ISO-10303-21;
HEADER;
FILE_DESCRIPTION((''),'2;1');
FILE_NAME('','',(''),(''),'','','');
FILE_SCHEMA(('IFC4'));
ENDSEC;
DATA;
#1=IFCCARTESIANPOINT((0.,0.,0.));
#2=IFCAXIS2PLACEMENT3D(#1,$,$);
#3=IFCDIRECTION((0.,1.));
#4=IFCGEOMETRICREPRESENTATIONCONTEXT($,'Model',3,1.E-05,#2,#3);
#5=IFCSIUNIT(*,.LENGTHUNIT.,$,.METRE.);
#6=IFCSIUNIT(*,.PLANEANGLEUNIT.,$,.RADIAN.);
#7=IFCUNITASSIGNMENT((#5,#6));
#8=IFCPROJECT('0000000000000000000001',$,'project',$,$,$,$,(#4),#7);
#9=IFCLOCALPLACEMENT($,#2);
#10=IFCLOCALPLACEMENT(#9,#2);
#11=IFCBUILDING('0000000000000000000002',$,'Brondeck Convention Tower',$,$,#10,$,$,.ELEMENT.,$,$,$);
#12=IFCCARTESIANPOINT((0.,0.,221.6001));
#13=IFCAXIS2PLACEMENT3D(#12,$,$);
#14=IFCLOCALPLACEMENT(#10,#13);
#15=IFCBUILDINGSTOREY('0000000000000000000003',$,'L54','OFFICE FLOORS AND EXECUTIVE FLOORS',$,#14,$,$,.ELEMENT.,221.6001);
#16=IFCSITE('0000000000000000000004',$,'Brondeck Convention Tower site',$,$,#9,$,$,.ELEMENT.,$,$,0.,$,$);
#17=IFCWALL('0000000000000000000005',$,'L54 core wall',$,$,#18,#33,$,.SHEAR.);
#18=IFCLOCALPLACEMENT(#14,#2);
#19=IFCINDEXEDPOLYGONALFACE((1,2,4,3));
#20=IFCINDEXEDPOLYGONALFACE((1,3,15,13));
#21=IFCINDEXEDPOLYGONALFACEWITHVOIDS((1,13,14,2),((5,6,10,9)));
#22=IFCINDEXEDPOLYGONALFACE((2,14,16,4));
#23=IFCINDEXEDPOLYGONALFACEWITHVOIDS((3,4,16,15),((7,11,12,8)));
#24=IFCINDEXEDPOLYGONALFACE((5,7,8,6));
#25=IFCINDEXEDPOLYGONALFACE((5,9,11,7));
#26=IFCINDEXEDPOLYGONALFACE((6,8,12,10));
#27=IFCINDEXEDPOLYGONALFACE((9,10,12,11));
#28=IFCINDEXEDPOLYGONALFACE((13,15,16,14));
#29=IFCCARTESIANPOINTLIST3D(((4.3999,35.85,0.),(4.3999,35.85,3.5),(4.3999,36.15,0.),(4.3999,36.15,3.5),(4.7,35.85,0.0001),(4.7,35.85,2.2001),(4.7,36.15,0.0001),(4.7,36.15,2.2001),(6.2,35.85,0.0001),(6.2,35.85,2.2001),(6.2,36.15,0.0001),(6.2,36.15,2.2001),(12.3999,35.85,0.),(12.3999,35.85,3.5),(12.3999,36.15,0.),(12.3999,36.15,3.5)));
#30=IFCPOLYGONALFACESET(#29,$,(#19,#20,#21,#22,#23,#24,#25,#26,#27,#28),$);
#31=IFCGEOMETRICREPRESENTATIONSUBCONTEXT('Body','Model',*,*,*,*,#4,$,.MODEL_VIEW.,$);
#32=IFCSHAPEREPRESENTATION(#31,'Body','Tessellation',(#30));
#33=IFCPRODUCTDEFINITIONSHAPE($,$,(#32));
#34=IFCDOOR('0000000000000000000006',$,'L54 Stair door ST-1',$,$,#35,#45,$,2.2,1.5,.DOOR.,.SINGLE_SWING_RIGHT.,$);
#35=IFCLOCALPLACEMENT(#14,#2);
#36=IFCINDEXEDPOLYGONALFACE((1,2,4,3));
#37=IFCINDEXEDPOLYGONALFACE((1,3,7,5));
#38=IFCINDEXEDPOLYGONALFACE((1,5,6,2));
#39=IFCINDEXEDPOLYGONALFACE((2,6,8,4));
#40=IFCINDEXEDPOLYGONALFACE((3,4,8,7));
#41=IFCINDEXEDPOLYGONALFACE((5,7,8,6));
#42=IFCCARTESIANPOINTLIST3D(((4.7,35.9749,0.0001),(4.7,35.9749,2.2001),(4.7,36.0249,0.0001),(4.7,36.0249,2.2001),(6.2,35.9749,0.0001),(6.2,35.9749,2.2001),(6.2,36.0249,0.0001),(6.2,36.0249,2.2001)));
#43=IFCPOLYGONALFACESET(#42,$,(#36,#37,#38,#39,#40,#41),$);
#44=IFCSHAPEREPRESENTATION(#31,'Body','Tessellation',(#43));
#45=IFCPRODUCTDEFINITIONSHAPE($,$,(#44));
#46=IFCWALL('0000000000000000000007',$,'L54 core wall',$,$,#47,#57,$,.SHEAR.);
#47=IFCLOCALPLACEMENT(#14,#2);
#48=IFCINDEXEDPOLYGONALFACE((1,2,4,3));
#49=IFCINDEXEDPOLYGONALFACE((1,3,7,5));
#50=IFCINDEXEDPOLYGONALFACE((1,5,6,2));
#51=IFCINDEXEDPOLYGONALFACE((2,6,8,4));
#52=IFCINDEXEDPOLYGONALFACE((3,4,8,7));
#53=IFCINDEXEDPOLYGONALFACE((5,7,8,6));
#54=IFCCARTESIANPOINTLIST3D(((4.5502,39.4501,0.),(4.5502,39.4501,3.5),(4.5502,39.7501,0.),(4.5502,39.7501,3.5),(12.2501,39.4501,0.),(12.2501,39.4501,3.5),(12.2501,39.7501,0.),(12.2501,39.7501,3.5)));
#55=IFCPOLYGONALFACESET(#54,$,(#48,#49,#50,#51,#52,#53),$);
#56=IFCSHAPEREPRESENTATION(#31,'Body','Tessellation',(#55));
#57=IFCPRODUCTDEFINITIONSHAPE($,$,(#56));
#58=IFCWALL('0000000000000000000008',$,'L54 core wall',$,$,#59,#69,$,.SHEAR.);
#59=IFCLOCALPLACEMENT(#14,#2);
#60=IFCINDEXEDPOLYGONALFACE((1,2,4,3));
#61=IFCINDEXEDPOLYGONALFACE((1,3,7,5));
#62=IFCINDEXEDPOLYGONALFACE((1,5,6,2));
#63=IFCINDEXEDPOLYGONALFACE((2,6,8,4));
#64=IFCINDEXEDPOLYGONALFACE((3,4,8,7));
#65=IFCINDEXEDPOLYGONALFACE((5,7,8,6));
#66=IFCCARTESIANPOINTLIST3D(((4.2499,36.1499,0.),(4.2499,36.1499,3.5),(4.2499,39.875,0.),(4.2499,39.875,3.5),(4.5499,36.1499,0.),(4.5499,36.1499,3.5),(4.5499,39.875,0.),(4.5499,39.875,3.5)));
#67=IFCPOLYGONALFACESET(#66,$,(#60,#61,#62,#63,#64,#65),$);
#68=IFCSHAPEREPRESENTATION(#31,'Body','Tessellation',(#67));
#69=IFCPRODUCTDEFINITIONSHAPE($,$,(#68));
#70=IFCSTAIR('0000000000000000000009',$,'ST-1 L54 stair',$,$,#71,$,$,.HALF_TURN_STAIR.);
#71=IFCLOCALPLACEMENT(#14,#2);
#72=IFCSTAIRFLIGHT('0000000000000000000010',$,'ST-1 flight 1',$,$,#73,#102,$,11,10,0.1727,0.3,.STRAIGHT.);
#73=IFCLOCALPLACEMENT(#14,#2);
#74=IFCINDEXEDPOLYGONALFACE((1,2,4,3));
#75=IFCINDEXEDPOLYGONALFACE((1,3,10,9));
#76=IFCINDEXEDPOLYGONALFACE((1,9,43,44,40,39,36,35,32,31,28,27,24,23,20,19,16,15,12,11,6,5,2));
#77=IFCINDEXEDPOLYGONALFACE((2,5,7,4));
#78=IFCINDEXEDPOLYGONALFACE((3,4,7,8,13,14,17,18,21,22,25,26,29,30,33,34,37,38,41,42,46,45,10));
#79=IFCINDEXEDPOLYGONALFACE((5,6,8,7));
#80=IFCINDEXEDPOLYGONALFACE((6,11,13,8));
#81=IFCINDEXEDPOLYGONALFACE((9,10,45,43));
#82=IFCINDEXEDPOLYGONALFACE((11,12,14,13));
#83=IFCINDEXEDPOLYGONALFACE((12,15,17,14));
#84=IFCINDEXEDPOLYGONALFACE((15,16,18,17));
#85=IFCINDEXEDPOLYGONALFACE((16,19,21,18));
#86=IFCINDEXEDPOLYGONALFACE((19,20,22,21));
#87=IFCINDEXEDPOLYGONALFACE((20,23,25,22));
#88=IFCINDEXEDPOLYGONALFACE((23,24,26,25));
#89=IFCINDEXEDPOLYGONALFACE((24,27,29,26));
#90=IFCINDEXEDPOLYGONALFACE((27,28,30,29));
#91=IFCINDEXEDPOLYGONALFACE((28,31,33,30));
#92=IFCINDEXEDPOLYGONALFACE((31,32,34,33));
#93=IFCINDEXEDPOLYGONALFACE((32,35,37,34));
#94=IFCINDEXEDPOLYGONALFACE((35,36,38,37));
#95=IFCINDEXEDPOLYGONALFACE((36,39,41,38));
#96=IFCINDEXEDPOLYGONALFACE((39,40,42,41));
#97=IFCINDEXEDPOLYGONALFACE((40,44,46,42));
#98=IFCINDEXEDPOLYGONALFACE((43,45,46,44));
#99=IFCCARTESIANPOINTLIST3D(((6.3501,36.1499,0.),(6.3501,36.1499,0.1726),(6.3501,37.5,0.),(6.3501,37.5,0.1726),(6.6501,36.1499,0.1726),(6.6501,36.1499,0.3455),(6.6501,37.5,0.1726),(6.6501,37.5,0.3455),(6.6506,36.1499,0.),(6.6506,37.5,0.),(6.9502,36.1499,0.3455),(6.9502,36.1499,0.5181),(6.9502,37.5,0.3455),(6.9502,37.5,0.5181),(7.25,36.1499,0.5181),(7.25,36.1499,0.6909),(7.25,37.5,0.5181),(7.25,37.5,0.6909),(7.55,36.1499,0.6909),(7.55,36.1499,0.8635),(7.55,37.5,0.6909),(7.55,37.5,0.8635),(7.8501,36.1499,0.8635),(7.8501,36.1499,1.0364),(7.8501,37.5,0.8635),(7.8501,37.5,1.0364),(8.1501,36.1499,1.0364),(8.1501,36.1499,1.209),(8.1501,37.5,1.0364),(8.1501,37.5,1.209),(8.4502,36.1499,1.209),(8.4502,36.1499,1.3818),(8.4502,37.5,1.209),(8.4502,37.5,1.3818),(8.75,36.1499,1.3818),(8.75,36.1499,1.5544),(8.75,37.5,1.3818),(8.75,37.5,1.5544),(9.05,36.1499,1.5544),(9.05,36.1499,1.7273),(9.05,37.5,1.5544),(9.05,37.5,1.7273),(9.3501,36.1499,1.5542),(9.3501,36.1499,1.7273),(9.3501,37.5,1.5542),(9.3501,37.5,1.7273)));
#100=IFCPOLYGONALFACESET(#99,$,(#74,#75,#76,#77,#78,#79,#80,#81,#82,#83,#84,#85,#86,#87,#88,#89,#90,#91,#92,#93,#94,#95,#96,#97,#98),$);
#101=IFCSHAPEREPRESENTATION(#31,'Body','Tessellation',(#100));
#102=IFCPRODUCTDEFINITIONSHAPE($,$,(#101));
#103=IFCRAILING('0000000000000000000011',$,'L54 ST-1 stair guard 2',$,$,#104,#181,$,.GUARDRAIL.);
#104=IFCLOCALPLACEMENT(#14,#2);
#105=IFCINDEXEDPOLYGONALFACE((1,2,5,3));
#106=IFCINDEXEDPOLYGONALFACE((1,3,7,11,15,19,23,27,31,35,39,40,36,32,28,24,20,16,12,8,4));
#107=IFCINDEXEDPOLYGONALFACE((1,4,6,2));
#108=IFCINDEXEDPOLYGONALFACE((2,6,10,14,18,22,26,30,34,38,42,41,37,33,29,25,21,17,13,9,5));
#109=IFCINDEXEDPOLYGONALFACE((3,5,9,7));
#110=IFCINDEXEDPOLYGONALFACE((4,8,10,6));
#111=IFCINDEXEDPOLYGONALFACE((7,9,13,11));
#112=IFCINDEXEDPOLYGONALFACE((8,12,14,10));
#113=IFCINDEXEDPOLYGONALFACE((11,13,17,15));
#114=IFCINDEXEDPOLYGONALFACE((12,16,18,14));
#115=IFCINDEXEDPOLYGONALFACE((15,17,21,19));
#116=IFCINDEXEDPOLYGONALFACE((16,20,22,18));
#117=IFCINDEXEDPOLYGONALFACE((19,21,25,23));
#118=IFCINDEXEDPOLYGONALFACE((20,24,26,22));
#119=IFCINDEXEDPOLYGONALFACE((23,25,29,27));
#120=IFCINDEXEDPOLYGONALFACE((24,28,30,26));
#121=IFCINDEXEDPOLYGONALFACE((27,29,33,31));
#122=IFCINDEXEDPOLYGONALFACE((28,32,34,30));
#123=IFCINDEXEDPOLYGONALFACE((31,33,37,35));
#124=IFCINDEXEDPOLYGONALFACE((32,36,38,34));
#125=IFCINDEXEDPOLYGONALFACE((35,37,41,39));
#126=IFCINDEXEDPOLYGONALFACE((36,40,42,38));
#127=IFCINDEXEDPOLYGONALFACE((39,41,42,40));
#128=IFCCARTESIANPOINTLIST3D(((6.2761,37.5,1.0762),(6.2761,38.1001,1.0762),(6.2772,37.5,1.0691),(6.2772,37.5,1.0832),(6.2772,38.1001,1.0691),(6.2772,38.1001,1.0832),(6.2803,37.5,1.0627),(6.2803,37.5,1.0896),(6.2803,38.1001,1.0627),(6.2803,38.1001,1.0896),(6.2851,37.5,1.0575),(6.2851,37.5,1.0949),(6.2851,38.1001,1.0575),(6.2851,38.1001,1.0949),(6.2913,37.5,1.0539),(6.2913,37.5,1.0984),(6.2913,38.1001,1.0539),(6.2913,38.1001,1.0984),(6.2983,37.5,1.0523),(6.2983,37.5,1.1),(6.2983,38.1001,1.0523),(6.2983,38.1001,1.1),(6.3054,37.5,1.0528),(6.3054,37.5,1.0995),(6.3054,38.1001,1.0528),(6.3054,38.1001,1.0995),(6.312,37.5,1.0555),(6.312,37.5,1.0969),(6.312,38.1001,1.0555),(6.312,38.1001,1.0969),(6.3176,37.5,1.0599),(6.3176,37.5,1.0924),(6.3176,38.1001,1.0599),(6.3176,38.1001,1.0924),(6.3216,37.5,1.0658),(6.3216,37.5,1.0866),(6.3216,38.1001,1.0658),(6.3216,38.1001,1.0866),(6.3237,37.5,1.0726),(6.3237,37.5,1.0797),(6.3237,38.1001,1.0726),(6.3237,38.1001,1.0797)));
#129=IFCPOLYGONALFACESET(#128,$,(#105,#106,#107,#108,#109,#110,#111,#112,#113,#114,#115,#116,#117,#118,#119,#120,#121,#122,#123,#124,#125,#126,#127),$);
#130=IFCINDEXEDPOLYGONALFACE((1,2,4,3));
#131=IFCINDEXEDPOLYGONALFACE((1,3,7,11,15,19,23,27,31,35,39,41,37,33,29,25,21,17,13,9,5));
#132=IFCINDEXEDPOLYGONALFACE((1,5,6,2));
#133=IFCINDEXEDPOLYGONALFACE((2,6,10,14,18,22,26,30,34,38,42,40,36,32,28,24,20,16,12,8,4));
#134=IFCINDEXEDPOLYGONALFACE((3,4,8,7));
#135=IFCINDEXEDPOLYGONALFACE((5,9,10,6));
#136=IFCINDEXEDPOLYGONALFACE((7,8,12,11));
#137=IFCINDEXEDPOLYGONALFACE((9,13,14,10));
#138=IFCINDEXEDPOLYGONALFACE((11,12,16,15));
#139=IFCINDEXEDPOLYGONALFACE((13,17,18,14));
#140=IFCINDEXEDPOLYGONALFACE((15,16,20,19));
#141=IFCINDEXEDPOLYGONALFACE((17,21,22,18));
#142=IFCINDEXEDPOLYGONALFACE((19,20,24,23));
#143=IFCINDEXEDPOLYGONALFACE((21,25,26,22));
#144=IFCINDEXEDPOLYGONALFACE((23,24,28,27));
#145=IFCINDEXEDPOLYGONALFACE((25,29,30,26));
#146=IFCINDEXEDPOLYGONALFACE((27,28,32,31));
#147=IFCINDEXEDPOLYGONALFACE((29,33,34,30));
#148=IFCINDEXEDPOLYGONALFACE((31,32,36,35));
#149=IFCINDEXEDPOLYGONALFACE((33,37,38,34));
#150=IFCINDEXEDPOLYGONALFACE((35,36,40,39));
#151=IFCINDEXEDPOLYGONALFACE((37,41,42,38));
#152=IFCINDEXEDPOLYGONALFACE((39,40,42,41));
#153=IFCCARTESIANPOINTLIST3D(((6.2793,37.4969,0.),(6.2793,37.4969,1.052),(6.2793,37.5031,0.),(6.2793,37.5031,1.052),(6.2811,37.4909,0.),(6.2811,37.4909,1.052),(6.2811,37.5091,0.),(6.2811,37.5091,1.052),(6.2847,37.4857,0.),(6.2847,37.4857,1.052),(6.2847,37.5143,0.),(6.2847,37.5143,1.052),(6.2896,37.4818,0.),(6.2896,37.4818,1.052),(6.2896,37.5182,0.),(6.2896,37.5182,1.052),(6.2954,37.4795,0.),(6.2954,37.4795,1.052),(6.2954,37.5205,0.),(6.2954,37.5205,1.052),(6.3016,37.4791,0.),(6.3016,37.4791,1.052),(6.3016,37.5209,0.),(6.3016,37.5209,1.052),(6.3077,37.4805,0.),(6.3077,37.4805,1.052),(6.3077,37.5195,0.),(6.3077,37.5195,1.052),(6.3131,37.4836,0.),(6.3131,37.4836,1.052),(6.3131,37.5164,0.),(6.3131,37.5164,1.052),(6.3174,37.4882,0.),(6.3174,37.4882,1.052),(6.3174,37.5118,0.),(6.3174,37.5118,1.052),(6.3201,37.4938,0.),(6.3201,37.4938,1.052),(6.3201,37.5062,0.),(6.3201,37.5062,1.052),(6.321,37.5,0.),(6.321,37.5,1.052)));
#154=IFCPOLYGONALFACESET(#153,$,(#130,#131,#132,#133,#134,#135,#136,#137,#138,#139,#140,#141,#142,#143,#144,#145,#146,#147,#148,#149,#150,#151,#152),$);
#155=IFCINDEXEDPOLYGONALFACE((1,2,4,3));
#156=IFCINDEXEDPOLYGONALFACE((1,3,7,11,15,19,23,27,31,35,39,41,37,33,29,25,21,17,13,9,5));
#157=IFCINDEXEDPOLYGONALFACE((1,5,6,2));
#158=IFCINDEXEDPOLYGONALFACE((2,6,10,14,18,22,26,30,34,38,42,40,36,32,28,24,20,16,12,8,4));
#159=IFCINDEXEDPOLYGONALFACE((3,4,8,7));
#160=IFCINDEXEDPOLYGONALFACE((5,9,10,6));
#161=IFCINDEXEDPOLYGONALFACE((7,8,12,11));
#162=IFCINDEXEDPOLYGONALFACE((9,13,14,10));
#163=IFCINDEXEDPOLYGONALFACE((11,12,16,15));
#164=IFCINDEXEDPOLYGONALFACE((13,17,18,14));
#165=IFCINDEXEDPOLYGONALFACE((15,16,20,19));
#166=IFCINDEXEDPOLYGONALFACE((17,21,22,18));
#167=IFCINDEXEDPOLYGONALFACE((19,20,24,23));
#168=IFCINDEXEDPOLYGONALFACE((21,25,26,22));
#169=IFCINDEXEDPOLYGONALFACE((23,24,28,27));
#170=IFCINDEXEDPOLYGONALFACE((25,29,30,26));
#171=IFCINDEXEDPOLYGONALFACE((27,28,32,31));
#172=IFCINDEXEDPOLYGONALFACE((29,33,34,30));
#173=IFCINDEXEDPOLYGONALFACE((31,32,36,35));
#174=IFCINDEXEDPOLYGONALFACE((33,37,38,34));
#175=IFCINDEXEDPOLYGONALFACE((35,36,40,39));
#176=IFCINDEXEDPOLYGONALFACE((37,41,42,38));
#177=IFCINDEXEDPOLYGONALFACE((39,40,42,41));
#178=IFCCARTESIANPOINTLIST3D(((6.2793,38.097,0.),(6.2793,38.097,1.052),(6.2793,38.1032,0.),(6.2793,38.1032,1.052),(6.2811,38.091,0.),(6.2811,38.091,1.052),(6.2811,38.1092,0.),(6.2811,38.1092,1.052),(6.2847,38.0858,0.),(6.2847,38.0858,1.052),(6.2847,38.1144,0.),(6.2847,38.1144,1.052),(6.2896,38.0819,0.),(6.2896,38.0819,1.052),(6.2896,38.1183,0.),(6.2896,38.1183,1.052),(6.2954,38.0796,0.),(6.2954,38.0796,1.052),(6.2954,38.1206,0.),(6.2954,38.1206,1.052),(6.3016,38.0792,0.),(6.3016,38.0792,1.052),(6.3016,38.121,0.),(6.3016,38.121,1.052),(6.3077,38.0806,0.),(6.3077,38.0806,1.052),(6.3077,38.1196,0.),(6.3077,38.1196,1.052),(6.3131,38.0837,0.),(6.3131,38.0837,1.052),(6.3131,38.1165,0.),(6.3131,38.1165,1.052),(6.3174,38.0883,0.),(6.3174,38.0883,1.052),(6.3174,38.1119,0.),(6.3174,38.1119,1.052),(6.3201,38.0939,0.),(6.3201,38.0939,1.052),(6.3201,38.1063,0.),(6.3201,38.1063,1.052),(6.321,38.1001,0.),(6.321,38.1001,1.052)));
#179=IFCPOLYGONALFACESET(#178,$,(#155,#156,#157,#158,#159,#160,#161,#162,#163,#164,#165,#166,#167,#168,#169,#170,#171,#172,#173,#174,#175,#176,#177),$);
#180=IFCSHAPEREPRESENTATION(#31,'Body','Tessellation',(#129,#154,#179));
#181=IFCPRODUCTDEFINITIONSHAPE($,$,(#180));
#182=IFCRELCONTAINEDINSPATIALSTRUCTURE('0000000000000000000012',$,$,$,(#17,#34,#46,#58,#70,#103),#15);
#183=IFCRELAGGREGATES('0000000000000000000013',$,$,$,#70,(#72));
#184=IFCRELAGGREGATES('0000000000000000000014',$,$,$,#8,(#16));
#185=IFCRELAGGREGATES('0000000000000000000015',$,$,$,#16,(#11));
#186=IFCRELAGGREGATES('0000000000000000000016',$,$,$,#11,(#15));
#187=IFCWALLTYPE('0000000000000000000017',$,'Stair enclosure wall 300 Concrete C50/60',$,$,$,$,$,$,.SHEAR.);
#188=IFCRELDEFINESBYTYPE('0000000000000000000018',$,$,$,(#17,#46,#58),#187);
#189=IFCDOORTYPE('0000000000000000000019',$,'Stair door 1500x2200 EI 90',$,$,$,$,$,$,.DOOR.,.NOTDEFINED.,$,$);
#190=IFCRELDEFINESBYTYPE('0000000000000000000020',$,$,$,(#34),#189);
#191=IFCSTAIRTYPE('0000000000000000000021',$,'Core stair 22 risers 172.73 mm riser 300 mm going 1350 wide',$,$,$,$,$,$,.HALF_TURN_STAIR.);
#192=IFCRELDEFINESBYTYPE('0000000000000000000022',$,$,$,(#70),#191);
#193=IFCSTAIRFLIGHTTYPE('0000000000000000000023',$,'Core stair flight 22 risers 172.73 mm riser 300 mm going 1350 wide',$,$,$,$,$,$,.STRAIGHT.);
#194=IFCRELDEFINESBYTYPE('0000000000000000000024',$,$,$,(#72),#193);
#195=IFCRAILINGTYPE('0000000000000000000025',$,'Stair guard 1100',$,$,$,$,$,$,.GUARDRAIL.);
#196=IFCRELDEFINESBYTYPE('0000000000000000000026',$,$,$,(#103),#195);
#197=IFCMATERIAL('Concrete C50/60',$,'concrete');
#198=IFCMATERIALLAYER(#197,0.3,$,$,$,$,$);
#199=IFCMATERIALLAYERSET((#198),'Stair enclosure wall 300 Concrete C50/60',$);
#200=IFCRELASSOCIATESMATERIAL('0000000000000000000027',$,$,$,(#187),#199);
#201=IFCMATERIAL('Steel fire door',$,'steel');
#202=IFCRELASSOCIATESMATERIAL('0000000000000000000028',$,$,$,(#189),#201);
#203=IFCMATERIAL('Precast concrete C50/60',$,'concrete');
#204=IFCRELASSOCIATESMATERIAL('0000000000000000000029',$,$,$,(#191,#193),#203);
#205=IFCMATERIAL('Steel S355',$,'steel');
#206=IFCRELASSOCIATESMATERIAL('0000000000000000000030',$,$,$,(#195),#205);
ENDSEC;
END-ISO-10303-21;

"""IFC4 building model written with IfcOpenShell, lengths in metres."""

from ifc_helpers import new_model, si_unit, direction, frame, frame_2d, origin, origin_2d, place, context, subcontext, project, spatial, polyline, rectangle, circle, outline, extrude, material, layer, layer_set, type_object, element, fill, aggregate, save


model = new_model("IFC4")

# Units and contexts
model_context = context("Model", 3, precision=1e-05, world=origin(), true_north=direction((0.0, 1.0)))
body_context = subcontext(model_context, "Body", "Model", "MODEL_VIEW")
ifc_project = project(units=[si_unit("LENGTHUNIT", "METRE"), si_unit("PLANEANGLEUNIT", "RADIAN")], contexts=[model_context])

# Site, building, storey
site_placement = place(None, origin())
site = spatial("IfcSite", under=ifc_project, at=site_placement, Name="Brondeck Convention Tower site", CompositionType="ELEMENT", RefElevation=0.0)
building_placement = place(site_placement, origin())
building = spatial("IfcBuilding", under=site, at=building_placement, Name="Brondeck Convention Tower", CompositionType="ELEMENT")
storey_placement = place(building_placement, frame((0.0, 0.0, 221.6001)))
storey = spatial("IfcBuildingStorey", under=building, at=storey_placement, Name="L54", Description="OFFICE FLOORS AND EXECUTIVE FLOORS", CompositionType="ELEMENT", Elevation=221.6001)

# Shared definitions
ifc_material_1 = material(Name="Concrete C50/60", Category="concrete")

# Shared definitions
ifc_material_2 = material(Name="Steel fire door", Category="steel")

# Wall, opening, door
ifc_layer_1 = layer(ifc_material_1, 0.3)
ifc_layer_set_1 = layer_set([ifc_layer_1], Name="Stair enclosure wall 300 Concrete C50/60")
wall_type_1 = type_object("IfcWallType", Name="Stair enclosure wall 300 Concrete C50/60", PredefinedType="SHEAR", material=ifc_layer_set_1)
wall_1_placement = place(storey_placement, frame((4.3999, 36.0, 0.0), z_axis=(0.0, 0.0, 1.0), x_axis=(1.0, 0.0, 0.0)))
wall_1 = element("IfcWall", 1, at=wall_1_placement, inside=storey, type_object=wall_type_1, Name="L54 core wall", PredefinedType="SHEAR", context=body_context, shape_type="SweptSolid", body=[
    extrude(rectangle(XDim=8.0, YDim=0.3, at=frame_2d((4.0, 0.0))), origin(), (0.0, 0.0, 1.0), 3.5),
])
opening_1_placement = place(wall_1_placement, frame((0.3, 0.0, 0.0)))
opening_1 = element("IfcOpeningElement", 2, at=opening_1_placement, cuts=wall_1, PredefinedType="OPENING", context=body_context, shape_type="SweptSolid", body=[
    extrude(rectangle(XDim=1.5, YDim=2.2, at=frame_2d((0.75, 1.1001))), frame((0.0, 0.1599, 0.0), z_axis=(0.0, -1.0, 0.0), x_axis=(1.0, 0.0, 0.0)), (0.0, 0.0, 1.0), 0.3201),
])
door_type_1 = type_object("IfcDoorType", Name="Stair door 1500x2200 EI 90", OperationType="NOTDEFINED", PredefinedType="DOOR", material=ifc_material_2)
door_1_placement = place(opening_1_placement, origin())
door_1 = element("IfcDoor", 3, at=door_1_placement, inside=storey, type_object=door_type_1, Name="L54 Stair door ST-1", OperationType="SINGLE_SWING_RIGHT", OverallHeight=2.2, OverallWidth=1.5, PredefinedType="DOOR", context=body_context, shape_type="SweptSolid", body=[
    extrude(rectangle(XDim=1.5, YDim=2.2, at=frame_2d((0.75, 1.1001))), frame((0.0, 0.0249, 0.0), z_axis=(0.0, -1.0, 0.0), x_axis=(1.0, 0.0, 0.0)), (0.0, 0.0, 1.0), 0.05),
])
fill(opening_1, door_1)

# Walls
wall_2_placement = place(storey_placement, frame((4.55, 39.6001, 0.0), z_axis=(0.0, 0.0, 1.0), x_axis=(1.0, 0.0, 0.0)))
element("IfcWall", 4, at=wall_2_placement, inside=storey, type_object=wall_type_1, Name="L54 core wall", PredefinedType="SHEAR", context=body_context, shape_type="SweptSolid", body=[
    extrude(rectangle(XDim=7.7, YDim=0.3, at=frame_2d((3.8501, 0.0))), origin(), (0.0, 0.0, 1.0), 3.5),
])
wall_3_placement = place(storey_placement, frame((4.3999, 36.1499, 0.0), z_axis=(0.0, 0.0, 1.0), x_axis=(0.0, 1.0, 0.0)))
element("IfcWall", 5, at=wall_3_placement, inside=storey, type_object=wall_type_1, Name="L54 core wall", PredefinedType="SHEAR", context=body_context, shape_type="SweptSolid", body=[
    extrude(rectangle(XDim=3.7251, YDim=0.3, at=frame_2d((1.8625, 0.0))), origin(), (0.0, 0.0, 1.0), 3.5),
])

# Stair, stair flight
ifc_material_3 = material(Name="Precast concrete C50/60", Category="concrete")
stair_type = type_object("IfcStairType", Name="Core stair 22 risers 172.73 mm riser 300 mm going 1350 wide", PredefinedType="HALF_TURN_STAIR", material=ifc_material_3)
stair_placement = place(storey_placement, origin())
stair = element("IfcStair", 6, at=stair_placement, inside=storey, type_object=stair_type, Name="ST-1 L54 stair", PredefinedType="HALF_TURN_STAIR")
stair_flight_type = type_object("IfcStairFlightType", Name="Core stair flight 22 risers 172.73 mm riser 300 mm going 1350 wide", PredefinedType="STRAIGHT", material=ifc_material_3)
stair_flight_placement = place(storey_placement, frame((6.3501, 36.825, 0.0), z_axis=(0.0, 0.0, 1.0), x_axis=(1.0, 0.0, 0.0)))
stair_flight = element("IfcStairFlight", 7, at=stair_flight_placement, type_object=stair_flight_type, Name="ST-1 flight 1", NumberOfRisers=11, NumberOfTreads=10, PredefinedType="STRAIGHT", RiserHeight=0.1727, TreadLength=0.3, context=body_context, shape_type="SweptSolid", body=[
    extrude(outline(polyline([(0.0, 0.0), (0.0, 0.1726), (0.3, 0.1726), (0.3, 0.3455), (0.6001, 0.3455), (0.6001, 0.5181), (0.8999, 0.5181), (0.8999, 0.6909), (1.2, 0.6909), (1.2, 0.8635), (1.5, 0.8635), (1.5, 1.0364), (1.8, 1.0364), (1.8, 1.209), (2.1001, 1.209), (2.1001, 1.3818), (2.3999, 1.3818), (2.3999, 1.5544), (2.7, 1.5544), (2.7, 1.7273), (3.0, 1.7273), (3.0, 1.8999), (3.0, 1.5542), (0.3005, 0.0), (0.0, 0.0)])), frame((0.0, 0.675, 0.0), z_axis=(0.0, -1.0, 0.0), x_axis=(1.0, 0.0, 0.0)), (0.0, 0.0, 1.0), 1.3501),
])
aggregate(stair, [stair_flight])

# Railing
ifc_material_4 = material(Name="Steel S355", Category="steel")
railing_type_1 = type_object("IfcRailingType", Name="Stair guard 1100", PredefinedType="GUARDRAIL", material=ifc_material_4)
railing_1_placement = place(storey_placement, frame((6.3, 37.5, 0.0)))
element("IfcRailing", 8, at=railing_1_placement, inside=storey, type_object=railing_type_1, Name="L54 ST-1 stair guard 2", PredefinedType="GUARDRAIL", context=body_context, shape_type="SweptSolid", body=[
    extrude(circle(Radius=0.0239, at=origin_2d()), frame((0.0, 0.0, 1.0762), z_axis=(0.0, 1.0, 0.0), x_axis=(-1.0, 0.0, 0.0)), (0.0, 0.0, 1.0), 0.6001),
    extrude(circle(Radius=0.021, at=origin_2d()), origin(), (0.0, 0.0, 1.0), 1.052),
    extrude(circle(Radius=0.021, at=origin_2d()), frame((0.0, 0.6001, 0.0)), (0.0, 0.0, 1.0), 1.052),
])

save(model, "model.ifc")
